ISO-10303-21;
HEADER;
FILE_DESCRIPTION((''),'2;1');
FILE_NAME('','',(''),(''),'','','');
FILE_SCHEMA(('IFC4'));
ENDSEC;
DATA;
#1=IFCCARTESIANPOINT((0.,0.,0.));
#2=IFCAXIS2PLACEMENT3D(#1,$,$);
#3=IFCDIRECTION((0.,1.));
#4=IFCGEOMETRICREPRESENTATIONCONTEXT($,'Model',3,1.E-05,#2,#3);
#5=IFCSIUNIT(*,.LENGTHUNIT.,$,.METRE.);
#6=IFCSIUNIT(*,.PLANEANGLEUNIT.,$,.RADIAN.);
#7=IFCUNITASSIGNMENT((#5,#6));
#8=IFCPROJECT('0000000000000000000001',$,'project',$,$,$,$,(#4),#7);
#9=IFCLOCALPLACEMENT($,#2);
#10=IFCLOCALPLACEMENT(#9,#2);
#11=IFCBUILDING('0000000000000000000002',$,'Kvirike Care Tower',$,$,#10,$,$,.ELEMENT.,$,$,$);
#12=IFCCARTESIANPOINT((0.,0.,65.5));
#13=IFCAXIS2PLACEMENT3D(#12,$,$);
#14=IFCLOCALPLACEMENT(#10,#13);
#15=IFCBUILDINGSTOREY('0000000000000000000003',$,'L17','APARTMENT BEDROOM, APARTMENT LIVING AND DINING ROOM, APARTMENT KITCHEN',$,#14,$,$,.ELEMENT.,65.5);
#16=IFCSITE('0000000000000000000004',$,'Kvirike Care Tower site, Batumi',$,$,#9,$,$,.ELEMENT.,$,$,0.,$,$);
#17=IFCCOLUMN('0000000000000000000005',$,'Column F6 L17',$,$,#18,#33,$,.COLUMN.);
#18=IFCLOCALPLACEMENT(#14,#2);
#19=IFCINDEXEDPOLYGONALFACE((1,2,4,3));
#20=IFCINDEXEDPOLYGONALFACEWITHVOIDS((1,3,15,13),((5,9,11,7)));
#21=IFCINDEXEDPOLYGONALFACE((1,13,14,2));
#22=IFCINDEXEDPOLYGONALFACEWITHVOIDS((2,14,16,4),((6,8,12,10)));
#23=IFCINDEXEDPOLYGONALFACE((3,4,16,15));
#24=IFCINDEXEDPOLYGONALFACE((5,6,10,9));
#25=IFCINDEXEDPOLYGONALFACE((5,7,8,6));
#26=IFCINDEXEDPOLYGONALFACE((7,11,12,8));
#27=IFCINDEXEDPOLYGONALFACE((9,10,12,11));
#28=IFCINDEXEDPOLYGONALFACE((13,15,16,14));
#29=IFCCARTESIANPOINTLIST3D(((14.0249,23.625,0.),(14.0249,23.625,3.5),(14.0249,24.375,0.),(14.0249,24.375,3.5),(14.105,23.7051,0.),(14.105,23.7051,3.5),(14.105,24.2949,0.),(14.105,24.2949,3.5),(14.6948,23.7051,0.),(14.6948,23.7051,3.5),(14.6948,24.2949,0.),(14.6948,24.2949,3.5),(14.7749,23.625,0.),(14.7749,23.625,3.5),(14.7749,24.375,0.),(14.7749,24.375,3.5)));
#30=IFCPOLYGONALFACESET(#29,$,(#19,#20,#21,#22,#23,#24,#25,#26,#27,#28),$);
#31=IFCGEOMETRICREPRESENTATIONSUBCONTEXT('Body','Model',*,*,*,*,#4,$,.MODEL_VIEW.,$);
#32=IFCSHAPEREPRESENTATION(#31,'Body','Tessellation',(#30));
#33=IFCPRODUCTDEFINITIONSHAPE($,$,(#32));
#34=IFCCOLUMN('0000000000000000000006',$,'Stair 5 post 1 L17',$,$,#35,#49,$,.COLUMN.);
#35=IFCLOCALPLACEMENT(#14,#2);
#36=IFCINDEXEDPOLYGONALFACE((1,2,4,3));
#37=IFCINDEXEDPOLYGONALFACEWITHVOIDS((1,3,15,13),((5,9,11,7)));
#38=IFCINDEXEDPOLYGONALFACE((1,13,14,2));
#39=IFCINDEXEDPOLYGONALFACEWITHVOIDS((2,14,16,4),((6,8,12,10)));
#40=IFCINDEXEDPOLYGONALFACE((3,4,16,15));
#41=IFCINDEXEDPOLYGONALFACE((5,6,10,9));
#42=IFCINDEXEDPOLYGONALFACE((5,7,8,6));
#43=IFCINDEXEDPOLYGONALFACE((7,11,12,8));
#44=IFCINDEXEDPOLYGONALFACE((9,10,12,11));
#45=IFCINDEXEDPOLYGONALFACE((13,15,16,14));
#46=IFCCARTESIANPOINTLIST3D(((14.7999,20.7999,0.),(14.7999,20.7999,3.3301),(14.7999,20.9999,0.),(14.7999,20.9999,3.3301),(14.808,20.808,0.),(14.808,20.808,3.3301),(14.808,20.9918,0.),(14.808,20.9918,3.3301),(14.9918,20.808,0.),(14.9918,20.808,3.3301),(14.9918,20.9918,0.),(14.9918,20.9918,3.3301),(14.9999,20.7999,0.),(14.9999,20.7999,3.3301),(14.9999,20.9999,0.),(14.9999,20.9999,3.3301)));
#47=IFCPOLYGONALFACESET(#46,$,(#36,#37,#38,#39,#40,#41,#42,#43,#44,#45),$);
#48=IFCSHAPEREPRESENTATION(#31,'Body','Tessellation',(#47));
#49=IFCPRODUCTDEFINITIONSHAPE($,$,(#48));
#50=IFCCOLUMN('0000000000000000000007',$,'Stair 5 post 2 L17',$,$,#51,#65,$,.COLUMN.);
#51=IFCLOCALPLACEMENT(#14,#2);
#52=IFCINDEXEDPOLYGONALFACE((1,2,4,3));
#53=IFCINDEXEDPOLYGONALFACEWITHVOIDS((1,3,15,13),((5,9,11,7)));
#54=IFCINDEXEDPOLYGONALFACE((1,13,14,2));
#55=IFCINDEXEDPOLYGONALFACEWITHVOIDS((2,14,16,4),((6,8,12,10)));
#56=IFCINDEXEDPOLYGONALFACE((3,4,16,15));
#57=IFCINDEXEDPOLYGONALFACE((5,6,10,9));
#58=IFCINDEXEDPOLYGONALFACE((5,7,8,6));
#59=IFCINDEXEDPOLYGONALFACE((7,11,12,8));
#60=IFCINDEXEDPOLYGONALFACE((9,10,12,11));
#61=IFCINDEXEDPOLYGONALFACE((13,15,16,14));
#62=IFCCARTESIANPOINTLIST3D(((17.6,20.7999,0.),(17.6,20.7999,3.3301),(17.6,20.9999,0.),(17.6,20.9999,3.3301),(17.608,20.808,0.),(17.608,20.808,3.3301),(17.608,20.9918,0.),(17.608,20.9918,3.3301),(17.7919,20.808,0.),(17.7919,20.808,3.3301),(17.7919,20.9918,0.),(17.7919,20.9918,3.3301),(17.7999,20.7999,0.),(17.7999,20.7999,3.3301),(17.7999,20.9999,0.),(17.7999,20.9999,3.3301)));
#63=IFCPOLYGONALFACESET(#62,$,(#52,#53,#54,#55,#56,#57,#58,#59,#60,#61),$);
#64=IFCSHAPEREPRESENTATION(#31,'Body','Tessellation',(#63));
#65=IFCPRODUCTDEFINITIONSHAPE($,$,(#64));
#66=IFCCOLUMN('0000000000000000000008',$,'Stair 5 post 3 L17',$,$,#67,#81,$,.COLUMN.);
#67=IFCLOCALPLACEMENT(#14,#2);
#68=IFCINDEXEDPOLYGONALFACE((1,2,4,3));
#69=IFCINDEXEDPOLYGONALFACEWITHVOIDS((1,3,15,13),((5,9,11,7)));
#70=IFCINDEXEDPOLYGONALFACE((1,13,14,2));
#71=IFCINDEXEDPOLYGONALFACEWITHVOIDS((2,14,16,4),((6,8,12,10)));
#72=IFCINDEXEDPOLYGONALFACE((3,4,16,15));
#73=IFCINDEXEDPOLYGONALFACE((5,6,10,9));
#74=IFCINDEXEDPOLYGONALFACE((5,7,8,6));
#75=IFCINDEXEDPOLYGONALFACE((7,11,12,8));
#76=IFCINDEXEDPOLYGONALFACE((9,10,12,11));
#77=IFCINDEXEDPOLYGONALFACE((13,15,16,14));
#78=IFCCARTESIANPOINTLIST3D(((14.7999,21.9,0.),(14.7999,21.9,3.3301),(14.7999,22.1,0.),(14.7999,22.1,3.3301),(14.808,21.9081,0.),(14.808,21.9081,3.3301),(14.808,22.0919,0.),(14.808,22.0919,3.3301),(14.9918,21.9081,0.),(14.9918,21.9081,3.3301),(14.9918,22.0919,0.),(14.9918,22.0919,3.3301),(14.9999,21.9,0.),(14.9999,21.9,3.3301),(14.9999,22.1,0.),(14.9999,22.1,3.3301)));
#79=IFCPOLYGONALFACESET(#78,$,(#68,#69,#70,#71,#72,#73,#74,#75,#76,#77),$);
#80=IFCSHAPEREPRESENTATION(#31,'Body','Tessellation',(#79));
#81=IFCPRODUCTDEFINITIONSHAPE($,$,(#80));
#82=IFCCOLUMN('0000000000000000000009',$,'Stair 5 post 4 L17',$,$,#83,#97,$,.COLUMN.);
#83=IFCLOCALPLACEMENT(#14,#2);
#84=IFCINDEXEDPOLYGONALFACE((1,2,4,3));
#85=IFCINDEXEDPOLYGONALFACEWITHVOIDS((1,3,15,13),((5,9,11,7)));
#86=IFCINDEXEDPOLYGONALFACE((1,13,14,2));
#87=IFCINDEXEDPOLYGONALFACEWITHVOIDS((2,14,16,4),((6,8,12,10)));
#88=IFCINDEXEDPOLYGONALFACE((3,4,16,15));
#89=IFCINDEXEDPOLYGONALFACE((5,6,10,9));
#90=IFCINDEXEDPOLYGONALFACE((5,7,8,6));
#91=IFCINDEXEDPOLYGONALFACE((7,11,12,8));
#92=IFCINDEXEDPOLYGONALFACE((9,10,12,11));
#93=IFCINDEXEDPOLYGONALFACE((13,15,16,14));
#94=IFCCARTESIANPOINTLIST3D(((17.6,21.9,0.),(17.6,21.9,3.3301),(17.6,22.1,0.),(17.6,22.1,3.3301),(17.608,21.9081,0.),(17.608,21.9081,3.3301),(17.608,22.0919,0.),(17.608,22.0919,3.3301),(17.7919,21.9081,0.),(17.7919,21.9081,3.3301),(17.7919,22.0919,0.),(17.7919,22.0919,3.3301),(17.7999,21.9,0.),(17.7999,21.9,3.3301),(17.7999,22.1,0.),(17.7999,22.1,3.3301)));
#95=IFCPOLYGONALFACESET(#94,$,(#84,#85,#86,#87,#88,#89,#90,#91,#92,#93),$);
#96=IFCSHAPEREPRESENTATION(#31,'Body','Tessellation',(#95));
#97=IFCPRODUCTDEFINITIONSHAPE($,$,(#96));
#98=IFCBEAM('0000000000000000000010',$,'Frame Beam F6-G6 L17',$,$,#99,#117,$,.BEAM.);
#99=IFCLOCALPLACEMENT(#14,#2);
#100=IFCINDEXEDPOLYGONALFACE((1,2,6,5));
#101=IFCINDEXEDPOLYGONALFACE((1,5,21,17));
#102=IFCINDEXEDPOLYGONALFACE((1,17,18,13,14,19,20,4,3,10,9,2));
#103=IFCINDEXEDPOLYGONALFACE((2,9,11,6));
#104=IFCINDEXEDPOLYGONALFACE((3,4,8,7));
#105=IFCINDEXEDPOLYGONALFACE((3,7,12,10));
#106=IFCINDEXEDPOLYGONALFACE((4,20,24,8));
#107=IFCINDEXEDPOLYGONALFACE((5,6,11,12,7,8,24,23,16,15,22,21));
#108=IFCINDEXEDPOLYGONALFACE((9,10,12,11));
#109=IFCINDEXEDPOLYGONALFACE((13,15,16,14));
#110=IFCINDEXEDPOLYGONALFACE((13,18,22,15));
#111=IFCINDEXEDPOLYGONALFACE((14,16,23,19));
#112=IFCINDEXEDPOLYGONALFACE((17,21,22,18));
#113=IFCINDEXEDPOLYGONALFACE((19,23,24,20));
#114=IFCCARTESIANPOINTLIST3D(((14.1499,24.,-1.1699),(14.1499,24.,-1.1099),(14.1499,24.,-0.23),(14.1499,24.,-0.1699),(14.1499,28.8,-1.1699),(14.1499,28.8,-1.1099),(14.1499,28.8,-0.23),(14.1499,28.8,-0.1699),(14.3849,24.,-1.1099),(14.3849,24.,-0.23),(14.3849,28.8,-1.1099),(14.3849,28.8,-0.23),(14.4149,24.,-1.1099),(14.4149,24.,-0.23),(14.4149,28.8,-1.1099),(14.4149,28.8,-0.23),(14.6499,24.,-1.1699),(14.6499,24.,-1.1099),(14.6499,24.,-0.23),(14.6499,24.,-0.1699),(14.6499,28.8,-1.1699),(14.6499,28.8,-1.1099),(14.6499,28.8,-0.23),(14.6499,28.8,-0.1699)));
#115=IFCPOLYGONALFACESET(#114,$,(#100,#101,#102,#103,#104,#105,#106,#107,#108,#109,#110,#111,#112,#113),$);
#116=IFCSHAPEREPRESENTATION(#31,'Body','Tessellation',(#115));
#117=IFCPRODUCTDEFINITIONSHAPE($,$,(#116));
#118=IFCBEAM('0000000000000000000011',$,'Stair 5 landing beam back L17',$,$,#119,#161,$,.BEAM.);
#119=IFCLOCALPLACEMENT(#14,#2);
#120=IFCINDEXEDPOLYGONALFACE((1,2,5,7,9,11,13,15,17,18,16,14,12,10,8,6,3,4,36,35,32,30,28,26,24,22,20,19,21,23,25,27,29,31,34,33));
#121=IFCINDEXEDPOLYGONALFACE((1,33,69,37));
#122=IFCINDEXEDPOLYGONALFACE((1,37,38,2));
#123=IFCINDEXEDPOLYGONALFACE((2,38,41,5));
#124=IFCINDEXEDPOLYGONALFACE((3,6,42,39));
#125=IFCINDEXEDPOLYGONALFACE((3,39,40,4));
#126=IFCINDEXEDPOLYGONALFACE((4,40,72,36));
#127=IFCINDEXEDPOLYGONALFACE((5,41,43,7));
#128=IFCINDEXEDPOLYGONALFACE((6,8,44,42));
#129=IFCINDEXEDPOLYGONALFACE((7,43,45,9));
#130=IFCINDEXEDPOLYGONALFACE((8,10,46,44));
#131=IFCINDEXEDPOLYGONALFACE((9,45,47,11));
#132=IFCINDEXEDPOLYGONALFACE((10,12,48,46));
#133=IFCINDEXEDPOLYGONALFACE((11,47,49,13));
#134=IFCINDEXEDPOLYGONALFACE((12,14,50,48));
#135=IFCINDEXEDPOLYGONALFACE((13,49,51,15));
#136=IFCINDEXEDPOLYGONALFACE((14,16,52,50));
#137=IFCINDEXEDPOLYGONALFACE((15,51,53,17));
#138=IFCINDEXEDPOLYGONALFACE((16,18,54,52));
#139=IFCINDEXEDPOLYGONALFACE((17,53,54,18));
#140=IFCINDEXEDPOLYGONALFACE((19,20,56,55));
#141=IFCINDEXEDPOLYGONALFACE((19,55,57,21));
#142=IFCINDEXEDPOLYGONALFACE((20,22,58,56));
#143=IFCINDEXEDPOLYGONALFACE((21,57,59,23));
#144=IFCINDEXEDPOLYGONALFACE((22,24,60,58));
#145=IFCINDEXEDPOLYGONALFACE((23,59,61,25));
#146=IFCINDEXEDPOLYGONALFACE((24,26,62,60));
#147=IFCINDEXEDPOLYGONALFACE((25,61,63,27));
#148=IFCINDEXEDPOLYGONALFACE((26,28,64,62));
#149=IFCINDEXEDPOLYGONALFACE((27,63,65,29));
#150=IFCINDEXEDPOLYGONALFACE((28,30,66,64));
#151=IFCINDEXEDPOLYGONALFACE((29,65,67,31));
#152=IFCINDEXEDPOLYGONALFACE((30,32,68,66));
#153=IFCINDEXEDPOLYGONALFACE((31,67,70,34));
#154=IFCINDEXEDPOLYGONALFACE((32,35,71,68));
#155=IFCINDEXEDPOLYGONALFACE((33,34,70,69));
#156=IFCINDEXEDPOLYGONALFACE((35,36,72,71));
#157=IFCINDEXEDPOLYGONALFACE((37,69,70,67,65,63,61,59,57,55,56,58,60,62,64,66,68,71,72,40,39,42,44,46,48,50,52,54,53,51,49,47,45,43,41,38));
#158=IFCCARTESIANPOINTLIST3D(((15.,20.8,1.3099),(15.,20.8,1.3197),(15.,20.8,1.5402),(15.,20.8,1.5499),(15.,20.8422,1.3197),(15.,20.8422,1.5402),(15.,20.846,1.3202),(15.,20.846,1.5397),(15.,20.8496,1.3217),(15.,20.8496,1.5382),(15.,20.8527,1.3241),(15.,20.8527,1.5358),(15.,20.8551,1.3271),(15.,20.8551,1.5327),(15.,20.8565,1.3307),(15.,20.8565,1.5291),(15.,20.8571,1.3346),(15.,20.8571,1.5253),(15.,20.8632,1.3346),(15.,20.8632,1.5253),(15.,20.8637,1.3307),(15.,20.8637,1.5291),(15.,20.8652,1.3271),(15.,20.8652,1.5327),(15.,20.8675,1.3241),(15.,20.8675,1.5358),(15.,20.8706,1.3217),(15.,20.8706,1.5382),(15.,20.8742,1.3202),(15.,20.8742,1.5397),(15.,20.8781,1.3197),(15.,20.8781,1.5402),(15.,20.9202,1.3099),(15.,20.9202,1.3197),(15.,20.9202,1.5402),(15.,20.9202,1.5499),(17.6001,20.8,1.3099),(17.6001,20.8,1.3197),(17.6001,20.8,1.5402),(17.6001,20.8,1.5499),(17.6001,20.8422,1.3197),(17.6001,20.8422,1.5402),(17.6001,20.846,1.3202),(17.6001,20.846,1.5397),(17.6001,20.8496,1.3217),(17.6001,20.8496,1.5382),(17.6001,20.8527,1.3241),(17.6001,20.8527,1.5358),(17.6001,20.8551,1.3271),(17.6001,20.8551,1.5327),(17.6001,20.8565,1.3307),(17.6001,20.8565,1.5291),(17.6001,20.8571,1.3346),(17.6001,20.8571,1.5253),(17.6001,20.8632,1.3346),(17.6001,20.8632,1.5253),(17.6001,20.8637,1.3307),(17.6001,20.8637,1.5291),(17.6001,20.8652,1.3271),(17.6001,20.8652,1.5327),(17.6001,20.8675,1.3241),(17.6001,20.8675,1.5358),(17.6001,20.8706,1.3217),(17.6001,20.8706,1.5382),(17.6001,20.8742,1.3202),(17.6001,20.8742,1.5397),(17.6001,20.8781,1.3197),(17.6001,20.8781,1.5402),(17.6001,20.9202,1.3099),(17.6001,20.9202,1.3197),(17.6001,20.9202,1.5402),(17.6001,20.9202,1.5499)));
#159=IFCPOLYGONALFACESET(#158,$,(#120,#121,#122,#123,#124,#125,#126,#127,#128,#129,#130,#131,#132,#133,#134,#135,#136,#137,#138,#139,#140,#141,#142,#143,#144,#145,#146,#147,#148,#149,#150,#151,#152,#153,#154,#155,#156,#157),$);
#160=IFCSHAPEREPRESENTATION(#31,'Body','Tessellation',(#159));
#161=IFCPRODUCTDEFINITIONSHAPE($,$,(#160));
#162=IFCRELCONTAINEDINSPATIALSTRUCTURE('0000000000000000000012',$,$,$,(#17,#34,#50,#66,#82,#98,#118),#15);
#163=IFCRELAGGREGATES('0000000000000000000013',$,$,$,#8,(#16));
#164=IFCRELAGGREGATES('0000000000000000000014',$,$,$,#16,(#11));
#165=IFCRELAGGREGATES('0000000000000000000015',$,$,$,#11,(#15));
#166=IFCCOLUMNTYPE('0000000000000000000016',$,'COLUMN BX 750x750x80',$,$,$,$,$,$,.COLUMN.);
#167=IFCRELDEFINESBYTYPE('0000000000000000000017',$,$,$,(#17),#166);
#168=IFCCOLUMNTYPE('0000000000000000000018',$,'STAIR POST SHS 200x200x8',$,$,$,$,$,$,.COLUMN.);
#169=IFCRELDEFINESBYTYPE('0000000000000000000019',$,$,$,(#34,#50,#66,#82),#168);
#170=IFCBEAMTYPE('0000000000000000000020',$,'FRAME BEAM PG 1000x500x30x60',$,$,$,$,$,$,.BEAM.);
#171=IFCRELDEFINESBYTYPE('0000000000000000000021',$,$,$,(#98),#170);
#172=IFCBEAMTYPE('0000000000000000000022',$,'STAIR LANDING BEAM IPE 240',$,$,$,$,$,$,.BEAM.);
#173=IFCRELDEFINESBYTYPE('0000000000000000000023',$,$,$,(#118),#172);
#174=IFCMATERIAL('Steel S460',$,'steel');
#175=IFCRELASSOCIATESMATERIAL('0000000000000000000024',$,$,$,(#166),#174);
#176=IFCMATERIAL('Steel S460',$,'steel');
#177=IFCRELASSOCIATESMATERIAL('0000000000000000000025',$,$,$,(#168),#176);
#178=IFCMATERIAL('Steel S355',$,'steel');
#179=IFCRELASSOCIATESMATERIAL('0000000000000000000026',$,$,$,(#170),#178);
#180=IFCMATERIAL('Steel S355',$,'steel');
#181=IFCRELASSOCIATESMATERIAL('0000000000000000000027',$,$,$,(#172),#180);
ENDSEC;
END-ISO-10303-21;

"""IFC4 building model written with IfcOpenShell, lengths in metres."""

from ifc_helpers import new_model, si_unit, direction, frame, origin, origin_2d, place, context, subcontext, project, spatial, hollow_rectangle, i_section, extrude, material, material_profile, profile_set, type_object, element, save


model = new_model("IFC4")

# Units and contexts
model_context = context("Model", 3, precision=1e-05, world=origin(), true_north=direction((0.0, 1.0)))
body_context = subcontext(model_context, "Body", "Model", "MODEL_VIEW")
ifc_project = project(units=[si_unit("LENGTHUNIT", "METRE"), si_unit("PLANEANGLEUNIT", "RADIAN")], contexts=[model_context])

# Site, building, storey
site_placement = place(None, origin())
site = spatial("IfcSite", under=ifc_project, at=site_placement, Name="Kvirike Care Tower site, Batumi", CompositionType="ELEMENT", RefElevation=0.0)
building_placement = place(site_placement, origin())
building = spatial("IfcBuilding", under=site, at=building_placement, Name="Kvirike Care Tower", CompositionType="ELEMENT")
storey_placement = place(building_placement, frame((0.0, 0.0, 65.5)))
storey = spatial("IfcBuildingStorey", under=building, at=storey_placement, Name="L17", Description="APARTMENT BEDROOM, APARTMENT LIVING AND DINING ROOM, APARTMENT KITCHEN", CompositionType="ELEMENT", Elevation=65.5)

# Columns
ifc_material_1 = material(Name="Steel S460", Category="steel")
ifc_material_profile_1 = material_profile(ifc_material_1, hollow_rectangle(XDim=0.75, YDim=0.75, WallThickness=0.0801, at=origin_2d()), Name="BX 750x750x80")
ifc_profile_set_1 = profile_set([ifc_material_profile_1], Name="Steel S460")
column_type_1 = type_object("IfcColumnType", Name="COLUMN BX 750x750x80", PredefinedType="COLUMN", material=ifc_profile_set_1)
column_placement = place(storey_placement, frame((14.3999, 24.0, 0.0), z_axis=(0.0, 0.0, 1.0), x_axis=(1.0, 0.0, 0.0)))
element("IfcColumn", 1, at=column_placement, inside=storey, type_object=column_type_1, Name="Column F6 L17", PredefinedType="COLUMN", context=body_context, shape_type="SweptSolid", body=[
    extrude(hollow_rectangle(XDim=0.75, YDim=0.75, WallThickness=0.0801, at=origin_2d()), origin(), (0.0, 0.0, 1.0), 3.5),
])
ifc_material_2 = material(Name="Steel S460", Category="steel")
ifc_material_profile_2 = material_profile(ifc_material_2, hollow_rectangle(XDim=0.2, YDim=0.2, WallThickness=0.0081, at=origin_2d()), Name="SHS 200x200x8")
ifc_profile_set_2 = profile_set([ifc_material_profile_2], Name="Steel S460")
column_type_2 = type_object("IfcColumnType", Name="STAIR POST SHS 200x200x8", PredefinedType="COLUMN", material=ifc_profile_set_2)
for number, where, z_axis, x_axis, name in (
    (2, (14.8999, 20.8999, 0.0), (0.0, 0.0, 1.0), (1.0, 0.0, 0.0), "Stair 5 post 1 L17"),
    (3, (17.7, 20.8999, 0.0), (0.0, 0.0, 1.0), (1.0, 0.0, 0.0), "Stair 5 post 2 L17"),
    (4, (14.8999, 22.0, 0.0), (0.0, 0.0, 1.0), (1.0, 0.0, 0.0), "Stair 5 post 3 L17"),
    (5, (17.7, 22.0, 0.0), (0.0, 0.0, 1.0), (1.0, 0.0, 0.0), "Stair 5 post 4 L17"),
):
    element("IfcColumn", number, at=place(storey_placement, frame(where, z_axis=z_axis, x_axis=x_axis)), inside=storey, type_object=column_type_2, Name=name, PredefinedType="COLUMN", context=body_context, shape_type="SweptSolid", body=[
        extrude(hollow_rectangle(XDim=0.2, YDim=0.2, WallThickness=0.0081, at=origin_2d()), origin(), (0.0, 0.0, 1.0), 3.3301),
    ])

# Beams
ifc_material_3 = material(Name="Steel S355", Category="steel")
ifc_material_profile_3 = material_profile(ifc_material_3, i_section(OverallWidth=0.5, OverallDepth=1.0, WebThickness=0.03, FlangeThickness=0.0601, at=origin_2d()), Name="PG 1000x500x30x60")
ifc_profile_set_3 = profile_set([ifc_material_profile_3], Name="Steel S355")
beam_type_1 = type_object("IfcBeamType", Name="FRAME BEAM PG 1000x500x30x60", PredefinedType="BEAM", material=ifc_profile_set_3)
beam_placement = place(storey_placement, frame((14.3999, 24.0, -0.6699), z_axis=(0.0, 1.0, 0.0), x_axis=(-1.0, 0.0, 0.0)))
element("IfcBeam", 6, at=beam_placement, inside=storey, type_object=beam_type_1, Name="Frame Beam F6-G6 L17", PredefinedType="BEAM", context=body_context, shape_type="SweptSolid", body=[
    extrude(i_section(OverallWidth=0.5, OverallDepth=1.0, WebThickness=0.03, FlangeThickness=0.0601, at=origin_2d()), origin(), (0.0, 0.0, 1.0), 4.8),
])
ifc_material_4 = material(Name="Steel S355", Category="steel")
ifc_material_profile_4 = material_profile(ifc_material_4, i_section(OverallWidth=0.1201, OverallDepth=0.24, WebThickness=0.0061, FlangeThickness=0.0098, FilletRadius=0.0149, at=origin_2d()), Name="IPE 240")
ifc_profile_set_4 = profile_set([ifc_material_profile_4], Name="Steel S355")
beam_type_2 = type_object("IfcBeamType", Name="STAIR LANDING BEAM IPE 240", PredefinedType="BEAM", material=ifc_profile_set_4)
for number, where, z_axis, x_axis, name in (
    (7, (15.0, 20.8601, 1.4299), (1.0, 0.0, 0.0), (0.0, 1.0, 0.0), "Stair 5 landing beam back L17"),
):
    element("IfcBeam", number, at=place(storey_placement, frame(where, z_axis=z_axis, x_axis=x_axis)), inside=storey, type_object=beam_type_2, Name=name, PredefinedType="BEAM", context=body_context, shape_type="SweptSolid", body=[
        extrude(i_section(OverallWidth=0.1201, OverallDepth=0.24, WebThickness=0.0061, FlangeThickness=0.0098, FilletRadius=0.0149, at=origin_2d()), origin(), (0.0, 0.0, 1.0), 2.6001),
    ])

save(model, "model.ifc")
